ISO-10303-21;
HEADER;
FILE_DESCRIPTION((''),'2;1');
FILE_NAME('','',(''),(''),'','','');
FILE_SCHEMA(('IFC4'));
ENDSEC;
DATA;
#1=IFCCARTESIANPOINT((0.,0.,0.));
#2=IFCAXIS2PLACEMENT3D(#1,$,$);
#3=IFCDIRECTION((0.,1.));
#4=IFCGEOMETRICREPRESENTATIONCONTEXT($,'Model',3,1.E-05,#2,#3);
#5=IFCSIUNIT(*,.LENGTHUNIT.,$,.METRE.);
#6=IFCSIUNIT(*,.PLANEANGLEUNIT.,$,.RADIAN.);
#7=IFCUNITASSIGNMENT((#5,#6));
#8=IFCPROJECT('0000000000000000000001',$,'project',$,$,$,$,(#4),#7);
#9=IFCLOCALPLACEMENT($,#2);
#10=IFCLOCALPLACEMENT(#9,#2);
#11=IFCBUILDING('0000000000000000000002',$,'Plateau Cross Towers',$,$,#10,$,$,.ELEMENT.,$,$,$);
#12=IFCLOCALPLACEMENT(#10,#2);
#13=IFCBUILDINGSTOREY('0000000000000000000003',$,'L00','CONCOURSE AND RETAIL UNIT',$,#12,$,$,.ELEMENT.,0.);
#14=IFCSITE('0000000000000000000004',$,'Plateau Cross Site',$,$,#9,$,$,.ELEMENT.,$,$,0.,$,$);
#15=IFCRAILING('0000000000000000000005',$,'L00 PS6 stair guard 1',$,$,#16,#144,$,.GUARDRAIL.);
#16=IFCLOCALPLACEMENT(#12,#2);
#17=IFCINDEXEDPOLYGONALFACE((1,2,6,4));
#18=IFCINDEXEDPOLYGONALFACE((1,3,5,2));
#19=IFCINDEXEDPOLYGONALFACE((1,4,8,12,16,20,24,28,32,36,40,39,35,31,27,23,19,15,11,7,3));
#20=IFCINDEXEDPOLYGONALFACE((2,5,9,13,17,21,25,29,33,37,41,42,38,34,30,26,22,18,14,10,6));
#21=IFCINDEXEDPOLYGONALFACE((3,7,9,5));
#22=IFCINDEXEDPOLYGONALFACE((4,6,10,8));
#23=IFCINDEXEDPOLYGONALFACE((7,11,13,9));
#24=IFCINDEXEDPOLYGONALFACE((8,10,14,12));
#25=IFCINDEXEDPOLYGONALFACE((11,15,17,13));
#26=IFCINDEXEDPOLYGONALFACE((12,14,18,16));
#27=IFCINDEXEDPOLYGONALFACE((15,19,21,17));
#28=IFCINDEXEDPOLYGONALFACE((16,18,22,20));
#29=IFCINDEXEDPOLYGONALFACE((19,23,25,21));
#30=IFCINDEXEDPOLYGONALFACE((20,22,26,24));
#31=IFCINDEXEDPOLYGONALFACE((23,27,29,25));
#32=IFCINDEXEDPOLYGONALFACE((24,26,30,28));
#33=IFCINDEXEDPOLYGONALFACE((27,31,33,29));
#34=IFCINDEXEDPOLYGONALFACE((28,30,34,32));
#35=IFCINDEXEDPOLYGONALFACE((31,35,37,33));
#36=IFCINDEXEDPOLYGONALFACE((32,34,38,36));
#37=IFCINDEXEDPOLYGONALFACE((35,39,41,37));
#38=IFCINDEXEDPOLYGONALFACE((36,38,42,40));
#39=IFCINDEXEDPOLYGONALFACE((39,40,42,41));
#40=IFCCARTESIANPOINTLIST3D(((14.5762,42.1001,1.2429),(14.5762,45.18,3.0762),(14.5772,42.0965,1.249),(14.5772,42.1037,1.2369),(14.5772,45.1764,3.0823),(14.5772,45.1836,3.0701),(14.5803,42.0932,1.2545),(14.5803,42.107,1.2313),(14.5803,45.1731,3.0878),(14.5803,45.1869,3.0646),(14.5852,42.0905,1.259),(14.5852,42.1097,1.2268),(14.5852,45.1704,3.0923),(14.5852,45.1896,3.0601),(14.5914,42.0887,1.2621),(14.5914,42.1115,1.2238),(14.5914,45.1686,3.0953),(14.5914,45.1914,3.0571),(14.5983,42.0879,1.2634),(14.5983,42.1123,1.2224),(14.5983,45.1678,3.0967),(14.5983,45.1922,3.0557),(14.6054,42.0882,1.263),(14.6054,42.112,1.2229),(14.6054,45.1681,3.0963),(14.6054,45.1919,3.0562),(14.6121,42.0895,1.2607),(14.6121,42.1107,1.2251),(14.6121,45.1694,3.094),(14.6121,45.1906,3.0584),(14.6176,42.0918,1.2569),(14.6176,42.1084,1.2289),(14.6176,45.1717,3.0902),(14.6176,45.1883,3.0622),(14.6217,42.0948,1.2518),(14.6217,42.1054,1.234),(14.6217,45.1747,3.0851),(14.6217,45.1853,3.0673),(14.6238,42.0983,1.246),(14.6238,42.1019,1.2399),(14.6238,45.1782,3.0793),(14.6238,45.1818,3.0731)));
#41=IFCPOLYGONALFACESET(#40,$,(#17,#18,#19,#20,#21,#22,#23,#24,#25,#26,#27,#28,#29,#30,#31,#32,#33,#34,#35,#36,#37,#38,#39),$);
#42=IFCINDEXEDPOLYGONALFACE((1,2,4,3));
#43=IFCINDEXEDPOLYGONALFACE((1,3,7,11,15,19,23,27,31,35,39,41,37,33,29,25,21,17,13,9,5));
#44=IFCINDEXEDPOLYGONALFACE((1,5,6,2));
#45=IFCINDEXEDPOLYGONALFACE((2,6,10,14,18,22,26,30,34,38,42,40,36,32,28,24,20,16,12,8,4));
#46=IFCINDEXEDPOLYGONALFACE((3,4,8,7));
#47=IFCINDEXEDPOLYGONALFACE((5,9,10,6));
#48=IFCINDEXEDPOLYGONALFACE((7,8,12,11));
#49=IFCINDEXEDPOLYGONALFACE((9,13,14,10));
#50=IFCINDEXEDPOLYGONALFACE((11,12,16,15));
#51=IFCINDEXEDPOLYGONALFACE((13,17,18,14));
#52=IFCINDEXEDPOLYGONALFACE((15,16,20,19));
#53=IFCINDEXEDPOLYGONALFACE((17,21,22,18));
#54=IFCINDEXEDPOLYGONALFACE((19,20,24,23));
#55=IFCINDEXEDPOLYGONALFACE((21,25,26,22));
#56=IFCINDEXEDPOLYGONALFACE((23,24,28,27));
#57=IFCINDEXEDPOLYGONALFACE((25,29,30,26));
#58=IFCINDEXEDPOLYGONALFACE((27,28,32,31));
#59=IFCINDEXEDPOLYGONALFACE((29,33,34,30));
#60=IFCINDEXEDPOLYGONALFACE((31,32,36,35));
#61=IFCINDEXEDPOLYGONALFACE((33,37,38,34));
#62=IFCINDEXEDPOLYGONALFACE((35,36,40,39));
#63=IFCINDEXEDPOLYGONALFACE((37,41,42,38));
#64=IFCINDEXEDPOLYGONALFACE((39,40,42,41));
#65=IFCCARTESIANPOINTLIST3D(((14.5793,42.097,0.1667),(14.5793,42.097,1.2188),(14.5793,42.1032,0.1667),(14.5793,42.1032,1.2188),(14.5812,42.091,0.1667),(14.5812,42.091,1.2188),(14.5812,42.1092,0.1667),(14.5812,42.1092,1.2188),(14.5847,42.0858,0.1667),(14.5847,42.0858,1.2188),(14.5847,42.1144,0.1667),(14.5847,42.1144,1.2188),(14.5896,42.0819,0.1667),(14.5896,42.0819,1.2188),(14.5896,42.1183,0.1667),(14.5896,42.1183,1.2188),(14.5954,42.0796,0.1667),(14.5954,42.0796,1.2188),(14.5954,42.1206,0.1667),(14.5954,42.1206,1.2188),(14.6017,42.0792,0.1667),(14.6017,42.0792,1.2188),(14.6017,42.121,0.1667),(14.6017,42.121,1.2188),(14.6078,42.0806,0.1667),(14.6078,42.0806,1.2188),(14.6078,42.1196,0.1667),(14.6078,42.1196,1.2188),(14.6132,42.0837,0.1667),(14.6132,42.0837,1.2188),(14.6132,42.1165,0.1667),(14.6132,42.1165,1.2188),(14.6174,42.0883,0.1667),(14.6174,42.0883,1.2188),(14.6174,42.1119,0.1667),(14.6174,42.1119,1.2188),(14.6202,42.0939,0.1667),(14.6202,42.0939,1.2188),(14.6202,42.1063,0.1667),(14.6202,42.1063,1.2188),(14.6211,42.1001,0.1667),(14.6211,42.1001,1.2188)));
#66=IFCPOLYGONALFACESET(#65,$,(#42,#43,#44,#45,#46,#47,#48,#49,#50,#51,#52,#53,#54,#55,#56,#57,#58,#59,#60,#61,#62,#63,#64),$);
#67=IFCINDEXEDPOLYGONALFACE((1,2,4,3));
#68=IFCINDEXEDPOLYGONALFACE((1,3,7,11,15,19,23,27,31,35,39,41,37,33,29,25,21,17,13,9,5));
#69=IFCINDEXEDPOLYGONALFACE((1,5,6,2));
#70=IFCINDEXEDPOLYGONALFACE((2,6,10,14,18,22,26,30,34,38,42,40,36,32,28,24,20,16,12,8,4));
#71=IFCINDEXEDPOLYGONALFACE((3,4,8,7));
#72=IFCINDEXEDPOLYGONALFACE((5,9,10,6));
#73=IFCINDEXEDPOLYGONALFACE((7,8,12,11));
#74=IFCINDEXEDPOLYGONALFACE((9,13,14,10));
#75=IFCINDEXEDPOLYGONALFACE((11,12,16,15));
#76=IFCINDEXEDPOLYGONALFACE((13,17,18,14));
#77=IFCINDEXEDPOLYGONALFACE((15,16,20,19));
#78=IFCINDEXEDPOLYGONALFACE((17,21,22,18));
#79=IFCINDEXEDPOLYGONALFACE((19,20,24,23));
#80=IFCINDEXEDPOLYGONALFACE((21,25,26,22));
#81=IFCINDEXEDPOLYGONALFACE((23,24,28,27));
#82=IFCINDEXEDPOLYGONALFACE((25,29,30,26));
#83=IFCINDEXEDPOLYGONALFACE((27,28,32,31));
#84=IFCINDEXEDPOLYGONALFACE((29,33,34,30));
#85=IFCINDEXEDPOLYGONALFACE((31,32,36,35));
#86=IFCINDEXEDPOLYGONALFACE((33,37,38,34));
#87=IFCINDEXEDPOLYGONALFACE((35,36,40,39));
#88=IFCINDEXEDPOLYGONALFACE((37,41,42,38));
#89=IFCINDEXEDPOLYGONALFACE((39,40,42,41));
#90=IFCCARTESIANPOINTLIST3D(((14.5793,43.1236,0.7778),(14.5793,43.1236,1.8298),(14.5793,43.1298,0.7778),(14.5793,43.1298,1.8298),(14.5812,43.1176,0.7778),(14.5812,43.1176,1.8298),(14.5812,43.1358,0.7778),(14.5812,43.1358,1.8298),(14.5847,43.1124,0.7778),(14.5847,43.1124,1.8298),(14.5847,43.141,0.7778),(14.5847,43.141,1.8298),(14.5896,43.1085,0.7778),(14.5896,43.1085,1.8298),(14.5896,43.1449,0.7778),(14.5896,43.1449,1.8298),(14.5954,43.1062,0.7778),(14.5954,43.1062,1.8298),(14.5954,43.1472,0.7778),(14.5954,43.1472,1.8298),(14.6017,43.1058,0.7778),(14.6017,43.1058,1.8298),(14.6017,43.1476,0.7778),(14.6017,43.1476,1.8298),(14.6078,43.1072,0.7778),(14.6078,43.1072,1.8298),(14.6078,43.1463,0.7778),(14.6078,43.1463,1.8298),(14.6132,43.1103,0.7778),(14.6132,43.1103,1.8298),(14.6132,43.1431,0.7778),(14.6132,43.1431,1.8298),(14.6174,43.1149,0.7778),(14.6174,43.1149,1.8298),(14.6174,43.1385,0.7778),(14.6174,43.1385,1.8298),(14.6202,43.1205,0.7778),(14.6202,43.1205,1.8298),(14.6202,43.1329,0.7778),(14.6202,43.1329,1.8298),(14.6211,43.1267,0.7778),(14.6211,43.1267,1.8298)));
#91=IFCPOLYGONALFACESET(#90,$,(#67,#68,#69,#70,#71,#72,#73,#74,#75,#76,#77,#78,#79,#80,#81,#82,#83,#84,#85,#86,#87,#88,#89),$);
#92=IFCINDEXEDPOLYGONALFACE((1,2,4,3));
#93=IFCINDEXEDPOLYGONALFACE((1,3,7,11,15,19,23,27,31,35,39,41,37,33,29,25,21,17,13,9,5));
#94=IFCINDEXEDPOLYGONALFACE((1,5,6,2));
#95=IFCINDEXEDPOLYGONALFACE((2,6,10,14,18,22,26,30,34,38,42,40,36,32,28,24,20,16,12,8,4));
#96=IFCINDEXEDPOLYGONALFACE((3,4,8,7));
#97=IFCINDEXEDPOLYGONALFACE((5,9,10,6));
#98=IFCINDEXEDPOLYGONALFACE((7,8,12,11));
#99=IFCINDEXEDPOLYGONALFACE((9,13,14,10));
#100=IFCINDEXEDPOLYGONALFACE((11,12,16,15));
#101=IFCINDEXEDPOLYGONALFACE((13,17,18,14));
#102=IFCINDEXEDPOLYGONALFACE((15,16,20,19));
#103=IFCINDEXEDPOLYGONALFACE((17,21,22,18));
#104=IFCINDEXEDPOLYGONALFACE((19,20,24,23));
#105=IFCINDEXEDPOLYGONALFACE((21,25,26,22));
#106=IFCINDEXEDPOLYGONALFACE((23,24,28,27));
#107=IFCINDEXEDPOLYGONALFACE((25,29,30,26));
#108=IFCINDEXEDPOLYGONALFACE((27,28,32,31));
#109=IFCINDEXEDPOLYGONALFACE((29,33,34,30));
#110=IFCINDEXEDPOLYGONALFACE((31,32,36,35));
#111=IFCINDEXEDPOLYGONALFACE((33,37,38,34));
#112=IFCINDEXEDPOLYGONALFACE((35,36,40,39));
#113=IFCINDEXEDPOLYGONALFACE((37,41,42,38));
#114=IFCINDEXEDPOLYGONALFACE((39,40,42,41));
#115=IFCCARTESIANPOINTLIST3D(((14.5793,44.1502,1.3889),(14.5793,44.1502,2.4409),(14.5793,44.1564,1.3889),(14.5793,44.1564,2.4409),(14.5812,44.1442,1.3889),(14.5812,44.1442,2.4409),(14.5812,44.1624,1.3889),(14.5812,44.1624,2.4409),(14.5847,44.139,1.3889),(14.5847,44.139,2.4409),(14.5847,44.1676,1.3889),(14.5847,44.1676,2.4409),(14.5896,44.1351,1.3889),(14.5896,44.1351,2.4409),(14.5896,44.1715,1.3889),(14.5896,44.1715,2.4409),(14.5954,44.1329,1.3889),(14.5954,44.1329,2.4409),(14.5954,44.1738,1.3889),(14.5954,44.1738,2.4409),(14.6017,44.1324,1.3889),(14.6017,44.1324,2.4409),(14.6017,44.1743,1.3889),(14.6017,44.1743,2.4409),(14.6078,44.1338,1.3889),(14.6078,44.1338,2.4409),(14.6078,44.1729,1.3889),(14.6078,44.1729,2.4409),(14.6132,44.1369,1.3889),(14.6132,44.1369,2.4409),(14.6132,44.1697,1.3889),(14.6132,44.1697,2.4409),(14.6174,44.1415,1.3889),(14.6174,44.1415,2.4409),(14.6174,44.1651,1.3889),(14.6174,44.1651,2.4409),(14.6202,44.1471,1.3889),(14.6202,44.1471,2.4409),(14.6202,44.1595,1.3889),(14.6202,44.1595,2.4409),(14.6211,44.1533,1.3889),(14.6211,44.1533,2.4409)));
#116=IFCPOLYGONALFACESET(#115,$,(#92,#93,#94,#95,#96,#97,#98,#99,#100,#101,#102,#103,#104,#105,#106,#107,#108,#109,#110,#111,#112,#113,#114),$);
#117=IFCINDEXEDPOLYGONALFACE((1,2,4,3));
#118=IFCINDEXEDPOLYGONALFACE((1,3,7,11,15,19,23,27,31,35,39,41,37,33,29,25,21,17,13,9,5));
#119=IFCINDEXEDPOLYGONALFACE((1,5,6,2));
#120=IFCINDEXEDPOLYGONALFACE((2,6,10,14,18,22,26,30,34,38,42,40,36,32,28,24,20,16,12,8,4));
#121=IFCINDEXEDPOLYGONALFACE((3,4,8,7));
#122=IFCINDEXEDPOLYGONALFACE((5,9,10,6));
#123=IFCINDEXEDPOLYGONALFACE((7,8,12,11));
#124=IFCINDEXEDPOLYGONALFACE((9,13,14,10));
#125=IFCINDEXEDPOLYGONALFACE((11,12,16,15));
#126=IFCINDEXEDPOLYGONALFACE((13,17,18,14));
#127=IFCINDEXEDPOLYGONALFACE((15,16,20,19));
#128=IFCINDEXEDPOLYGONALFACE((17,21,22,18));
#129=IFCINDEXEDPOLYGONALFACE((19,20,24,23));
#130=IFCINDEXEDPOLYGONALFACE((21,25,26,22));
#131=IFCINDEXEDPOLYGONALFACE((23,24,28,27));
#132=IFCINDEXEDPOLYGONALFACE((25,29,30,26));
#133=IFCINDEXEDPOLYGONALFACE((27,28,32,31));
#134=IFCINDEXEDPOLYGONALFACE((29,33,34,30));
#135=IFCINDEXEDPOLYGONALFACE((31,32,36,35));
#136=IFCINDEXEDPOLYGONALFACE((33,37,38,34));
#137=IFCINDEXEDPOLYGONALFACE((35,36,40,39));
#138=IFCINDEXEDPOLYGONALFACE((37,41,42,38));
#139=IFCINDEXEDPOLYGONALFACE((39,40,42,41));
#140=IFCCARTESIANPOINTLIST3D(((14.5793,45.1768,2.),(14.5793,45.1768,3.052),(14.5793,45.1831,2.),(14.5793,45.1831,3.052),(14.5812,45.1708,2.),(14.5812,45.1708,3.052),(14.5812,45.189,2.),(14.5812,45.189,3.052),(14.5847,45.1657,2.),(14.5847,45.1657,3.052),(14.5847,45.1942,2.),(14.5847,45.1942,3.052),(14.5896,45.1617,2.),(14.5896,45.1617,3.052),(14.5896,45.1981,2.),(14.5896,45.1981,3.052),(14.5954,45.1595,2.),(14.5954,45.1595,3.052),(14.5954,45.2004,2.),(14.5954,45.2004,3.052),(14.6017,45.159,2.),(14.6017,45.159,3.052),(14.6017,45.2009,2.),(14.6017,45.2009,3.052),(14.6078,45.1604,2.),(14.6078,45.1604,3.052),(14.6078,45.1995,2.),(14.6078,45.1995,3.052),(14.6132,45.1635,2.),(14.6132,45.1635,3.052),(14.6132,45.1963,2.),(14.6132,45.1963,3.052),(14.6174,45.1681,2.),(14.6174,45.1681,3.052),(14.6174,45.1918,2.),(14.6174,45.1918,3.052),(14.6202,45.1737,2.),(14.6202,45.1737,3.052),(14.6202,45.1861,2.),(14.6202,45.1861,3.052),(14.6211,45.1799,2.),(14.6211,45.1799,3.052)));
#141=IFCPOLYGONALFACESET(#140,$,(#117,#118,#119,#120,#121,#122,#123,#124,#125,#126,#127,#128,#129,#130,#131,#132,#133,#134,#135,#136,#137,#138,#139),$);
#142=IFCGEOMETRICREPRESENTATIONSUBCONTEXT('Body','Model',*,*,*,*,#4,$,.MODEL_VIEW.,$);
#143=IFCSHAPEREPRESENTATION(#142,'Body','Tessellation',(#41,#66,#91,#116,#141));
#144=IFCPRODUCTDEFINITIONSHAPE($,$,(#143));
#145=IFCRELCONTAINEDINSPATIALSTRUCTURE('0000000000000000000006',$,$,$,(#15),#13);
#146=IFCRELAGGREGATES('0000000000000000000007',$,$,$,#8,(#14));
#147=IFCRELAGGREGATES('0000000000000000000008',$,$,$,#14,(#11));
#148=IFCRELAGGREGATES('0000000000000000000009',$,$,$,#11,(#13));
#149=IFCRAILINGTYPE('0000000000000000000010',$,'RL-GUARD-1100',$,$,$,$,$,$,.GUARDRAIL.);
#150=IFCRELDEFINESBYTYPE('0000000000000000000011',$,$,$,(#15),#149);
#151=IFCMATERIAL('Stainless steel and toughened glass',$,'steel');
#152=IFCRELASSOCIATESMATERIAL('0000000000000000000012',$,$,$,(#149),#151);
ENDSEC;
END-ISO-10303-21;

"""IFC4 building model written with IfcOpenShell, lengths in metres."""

from ifc_helpers import new_model, si_unit, direction, frame, origin, origin_2d, place, context, subcontext, project, spatial, circle, extrude, material, type_object, element, save


model = new_model("IFC4")

# Units and contexts
model_context = context("Model", 3, precision=1e-05, world=origin(), true_north=direction((0.0, 1.0)))
body_context = subcontext(model_context, "Body", "Model", "MODEL_VIEW")
ifc_project = project(units=[si_unit("LENGTHUNIT", "METRE"), si_unit("PLANEANGLEUNIT", "RADIAN")], contexts=[model_context])

# Site, building, storey
site_placement = place(None, origin())
site = spatial("IfcSite", under=ifc_project, at=site_placement, Name="Plateau Cross Site", CompositionType="ELEMENT", RefElevation=0.0)
building_placement = place(site_placement, origin())
building = spatial("IfcBuilding", under=site, at=building_placement, Name="Plateau Cross Towers", CompositionType="ELEMENT")
storey_placement = place(building_placement, origin())
storey = spatial("IfcBuildingStorey", under=building, at=storey_placement, Name="L00", Description="CONCOURSE AND RETAIL UNIT", CompositionType="ELEMENT", Elevation=0.0)

# Railing
ifc_material_1 = material(Name="Stainless steel and toughened glass", Category="steel")
railing_type_1 = type_object("IfcRailingType", Name="RL-GUARD-1100", PredefinedType="GUARDRAIL", material=ifc_material_1)
railing_1_placement = place(storey_placement, frame((14.6001, 42.1001, 0.1667)))
element("IfcRailing", 1, at=railing_1_placement, inside=storey, type_object=railing_type_1, Name="L00 PS6 stair guard 1", PredefinedType="GUARDRAIL", context=body_context, shape_type="SweptSolid", body=[
    extrude(circle(Radius=0.0239, at=origin_2d()), frame((0.0, 0.0, 1.0762), z_axis=(0.0, 0.859291, 0.511487), x_axis=(-1.0, 0.0, 0.0)), (0.0, 0.0, 1.0), 3.5842),
    extrude(circle(Radius=0.021, at=origin_2d()), origin(), (0.0, 0.0, 1.0), 1.052),
    extrude(circle(Radius=0.021, at=origin_2d()), frame((0.0, 1.0266, 0.6111)), (0.0, 0.0, 1.0), 1.052),
    extrude(circle(Radius=0.021, at=origin_2d()), frame((0.0, 2.0532, 1.2222)), (0.0, 0.0, 1.0), 1.052),
    extrude(circle(Radius=0.021, at=origin_2d()), frame((0.0, 3.0798, 1.8333)), (0.0, 0.0, 1.0), 1.052),
])

save(model, "model.ifc")
